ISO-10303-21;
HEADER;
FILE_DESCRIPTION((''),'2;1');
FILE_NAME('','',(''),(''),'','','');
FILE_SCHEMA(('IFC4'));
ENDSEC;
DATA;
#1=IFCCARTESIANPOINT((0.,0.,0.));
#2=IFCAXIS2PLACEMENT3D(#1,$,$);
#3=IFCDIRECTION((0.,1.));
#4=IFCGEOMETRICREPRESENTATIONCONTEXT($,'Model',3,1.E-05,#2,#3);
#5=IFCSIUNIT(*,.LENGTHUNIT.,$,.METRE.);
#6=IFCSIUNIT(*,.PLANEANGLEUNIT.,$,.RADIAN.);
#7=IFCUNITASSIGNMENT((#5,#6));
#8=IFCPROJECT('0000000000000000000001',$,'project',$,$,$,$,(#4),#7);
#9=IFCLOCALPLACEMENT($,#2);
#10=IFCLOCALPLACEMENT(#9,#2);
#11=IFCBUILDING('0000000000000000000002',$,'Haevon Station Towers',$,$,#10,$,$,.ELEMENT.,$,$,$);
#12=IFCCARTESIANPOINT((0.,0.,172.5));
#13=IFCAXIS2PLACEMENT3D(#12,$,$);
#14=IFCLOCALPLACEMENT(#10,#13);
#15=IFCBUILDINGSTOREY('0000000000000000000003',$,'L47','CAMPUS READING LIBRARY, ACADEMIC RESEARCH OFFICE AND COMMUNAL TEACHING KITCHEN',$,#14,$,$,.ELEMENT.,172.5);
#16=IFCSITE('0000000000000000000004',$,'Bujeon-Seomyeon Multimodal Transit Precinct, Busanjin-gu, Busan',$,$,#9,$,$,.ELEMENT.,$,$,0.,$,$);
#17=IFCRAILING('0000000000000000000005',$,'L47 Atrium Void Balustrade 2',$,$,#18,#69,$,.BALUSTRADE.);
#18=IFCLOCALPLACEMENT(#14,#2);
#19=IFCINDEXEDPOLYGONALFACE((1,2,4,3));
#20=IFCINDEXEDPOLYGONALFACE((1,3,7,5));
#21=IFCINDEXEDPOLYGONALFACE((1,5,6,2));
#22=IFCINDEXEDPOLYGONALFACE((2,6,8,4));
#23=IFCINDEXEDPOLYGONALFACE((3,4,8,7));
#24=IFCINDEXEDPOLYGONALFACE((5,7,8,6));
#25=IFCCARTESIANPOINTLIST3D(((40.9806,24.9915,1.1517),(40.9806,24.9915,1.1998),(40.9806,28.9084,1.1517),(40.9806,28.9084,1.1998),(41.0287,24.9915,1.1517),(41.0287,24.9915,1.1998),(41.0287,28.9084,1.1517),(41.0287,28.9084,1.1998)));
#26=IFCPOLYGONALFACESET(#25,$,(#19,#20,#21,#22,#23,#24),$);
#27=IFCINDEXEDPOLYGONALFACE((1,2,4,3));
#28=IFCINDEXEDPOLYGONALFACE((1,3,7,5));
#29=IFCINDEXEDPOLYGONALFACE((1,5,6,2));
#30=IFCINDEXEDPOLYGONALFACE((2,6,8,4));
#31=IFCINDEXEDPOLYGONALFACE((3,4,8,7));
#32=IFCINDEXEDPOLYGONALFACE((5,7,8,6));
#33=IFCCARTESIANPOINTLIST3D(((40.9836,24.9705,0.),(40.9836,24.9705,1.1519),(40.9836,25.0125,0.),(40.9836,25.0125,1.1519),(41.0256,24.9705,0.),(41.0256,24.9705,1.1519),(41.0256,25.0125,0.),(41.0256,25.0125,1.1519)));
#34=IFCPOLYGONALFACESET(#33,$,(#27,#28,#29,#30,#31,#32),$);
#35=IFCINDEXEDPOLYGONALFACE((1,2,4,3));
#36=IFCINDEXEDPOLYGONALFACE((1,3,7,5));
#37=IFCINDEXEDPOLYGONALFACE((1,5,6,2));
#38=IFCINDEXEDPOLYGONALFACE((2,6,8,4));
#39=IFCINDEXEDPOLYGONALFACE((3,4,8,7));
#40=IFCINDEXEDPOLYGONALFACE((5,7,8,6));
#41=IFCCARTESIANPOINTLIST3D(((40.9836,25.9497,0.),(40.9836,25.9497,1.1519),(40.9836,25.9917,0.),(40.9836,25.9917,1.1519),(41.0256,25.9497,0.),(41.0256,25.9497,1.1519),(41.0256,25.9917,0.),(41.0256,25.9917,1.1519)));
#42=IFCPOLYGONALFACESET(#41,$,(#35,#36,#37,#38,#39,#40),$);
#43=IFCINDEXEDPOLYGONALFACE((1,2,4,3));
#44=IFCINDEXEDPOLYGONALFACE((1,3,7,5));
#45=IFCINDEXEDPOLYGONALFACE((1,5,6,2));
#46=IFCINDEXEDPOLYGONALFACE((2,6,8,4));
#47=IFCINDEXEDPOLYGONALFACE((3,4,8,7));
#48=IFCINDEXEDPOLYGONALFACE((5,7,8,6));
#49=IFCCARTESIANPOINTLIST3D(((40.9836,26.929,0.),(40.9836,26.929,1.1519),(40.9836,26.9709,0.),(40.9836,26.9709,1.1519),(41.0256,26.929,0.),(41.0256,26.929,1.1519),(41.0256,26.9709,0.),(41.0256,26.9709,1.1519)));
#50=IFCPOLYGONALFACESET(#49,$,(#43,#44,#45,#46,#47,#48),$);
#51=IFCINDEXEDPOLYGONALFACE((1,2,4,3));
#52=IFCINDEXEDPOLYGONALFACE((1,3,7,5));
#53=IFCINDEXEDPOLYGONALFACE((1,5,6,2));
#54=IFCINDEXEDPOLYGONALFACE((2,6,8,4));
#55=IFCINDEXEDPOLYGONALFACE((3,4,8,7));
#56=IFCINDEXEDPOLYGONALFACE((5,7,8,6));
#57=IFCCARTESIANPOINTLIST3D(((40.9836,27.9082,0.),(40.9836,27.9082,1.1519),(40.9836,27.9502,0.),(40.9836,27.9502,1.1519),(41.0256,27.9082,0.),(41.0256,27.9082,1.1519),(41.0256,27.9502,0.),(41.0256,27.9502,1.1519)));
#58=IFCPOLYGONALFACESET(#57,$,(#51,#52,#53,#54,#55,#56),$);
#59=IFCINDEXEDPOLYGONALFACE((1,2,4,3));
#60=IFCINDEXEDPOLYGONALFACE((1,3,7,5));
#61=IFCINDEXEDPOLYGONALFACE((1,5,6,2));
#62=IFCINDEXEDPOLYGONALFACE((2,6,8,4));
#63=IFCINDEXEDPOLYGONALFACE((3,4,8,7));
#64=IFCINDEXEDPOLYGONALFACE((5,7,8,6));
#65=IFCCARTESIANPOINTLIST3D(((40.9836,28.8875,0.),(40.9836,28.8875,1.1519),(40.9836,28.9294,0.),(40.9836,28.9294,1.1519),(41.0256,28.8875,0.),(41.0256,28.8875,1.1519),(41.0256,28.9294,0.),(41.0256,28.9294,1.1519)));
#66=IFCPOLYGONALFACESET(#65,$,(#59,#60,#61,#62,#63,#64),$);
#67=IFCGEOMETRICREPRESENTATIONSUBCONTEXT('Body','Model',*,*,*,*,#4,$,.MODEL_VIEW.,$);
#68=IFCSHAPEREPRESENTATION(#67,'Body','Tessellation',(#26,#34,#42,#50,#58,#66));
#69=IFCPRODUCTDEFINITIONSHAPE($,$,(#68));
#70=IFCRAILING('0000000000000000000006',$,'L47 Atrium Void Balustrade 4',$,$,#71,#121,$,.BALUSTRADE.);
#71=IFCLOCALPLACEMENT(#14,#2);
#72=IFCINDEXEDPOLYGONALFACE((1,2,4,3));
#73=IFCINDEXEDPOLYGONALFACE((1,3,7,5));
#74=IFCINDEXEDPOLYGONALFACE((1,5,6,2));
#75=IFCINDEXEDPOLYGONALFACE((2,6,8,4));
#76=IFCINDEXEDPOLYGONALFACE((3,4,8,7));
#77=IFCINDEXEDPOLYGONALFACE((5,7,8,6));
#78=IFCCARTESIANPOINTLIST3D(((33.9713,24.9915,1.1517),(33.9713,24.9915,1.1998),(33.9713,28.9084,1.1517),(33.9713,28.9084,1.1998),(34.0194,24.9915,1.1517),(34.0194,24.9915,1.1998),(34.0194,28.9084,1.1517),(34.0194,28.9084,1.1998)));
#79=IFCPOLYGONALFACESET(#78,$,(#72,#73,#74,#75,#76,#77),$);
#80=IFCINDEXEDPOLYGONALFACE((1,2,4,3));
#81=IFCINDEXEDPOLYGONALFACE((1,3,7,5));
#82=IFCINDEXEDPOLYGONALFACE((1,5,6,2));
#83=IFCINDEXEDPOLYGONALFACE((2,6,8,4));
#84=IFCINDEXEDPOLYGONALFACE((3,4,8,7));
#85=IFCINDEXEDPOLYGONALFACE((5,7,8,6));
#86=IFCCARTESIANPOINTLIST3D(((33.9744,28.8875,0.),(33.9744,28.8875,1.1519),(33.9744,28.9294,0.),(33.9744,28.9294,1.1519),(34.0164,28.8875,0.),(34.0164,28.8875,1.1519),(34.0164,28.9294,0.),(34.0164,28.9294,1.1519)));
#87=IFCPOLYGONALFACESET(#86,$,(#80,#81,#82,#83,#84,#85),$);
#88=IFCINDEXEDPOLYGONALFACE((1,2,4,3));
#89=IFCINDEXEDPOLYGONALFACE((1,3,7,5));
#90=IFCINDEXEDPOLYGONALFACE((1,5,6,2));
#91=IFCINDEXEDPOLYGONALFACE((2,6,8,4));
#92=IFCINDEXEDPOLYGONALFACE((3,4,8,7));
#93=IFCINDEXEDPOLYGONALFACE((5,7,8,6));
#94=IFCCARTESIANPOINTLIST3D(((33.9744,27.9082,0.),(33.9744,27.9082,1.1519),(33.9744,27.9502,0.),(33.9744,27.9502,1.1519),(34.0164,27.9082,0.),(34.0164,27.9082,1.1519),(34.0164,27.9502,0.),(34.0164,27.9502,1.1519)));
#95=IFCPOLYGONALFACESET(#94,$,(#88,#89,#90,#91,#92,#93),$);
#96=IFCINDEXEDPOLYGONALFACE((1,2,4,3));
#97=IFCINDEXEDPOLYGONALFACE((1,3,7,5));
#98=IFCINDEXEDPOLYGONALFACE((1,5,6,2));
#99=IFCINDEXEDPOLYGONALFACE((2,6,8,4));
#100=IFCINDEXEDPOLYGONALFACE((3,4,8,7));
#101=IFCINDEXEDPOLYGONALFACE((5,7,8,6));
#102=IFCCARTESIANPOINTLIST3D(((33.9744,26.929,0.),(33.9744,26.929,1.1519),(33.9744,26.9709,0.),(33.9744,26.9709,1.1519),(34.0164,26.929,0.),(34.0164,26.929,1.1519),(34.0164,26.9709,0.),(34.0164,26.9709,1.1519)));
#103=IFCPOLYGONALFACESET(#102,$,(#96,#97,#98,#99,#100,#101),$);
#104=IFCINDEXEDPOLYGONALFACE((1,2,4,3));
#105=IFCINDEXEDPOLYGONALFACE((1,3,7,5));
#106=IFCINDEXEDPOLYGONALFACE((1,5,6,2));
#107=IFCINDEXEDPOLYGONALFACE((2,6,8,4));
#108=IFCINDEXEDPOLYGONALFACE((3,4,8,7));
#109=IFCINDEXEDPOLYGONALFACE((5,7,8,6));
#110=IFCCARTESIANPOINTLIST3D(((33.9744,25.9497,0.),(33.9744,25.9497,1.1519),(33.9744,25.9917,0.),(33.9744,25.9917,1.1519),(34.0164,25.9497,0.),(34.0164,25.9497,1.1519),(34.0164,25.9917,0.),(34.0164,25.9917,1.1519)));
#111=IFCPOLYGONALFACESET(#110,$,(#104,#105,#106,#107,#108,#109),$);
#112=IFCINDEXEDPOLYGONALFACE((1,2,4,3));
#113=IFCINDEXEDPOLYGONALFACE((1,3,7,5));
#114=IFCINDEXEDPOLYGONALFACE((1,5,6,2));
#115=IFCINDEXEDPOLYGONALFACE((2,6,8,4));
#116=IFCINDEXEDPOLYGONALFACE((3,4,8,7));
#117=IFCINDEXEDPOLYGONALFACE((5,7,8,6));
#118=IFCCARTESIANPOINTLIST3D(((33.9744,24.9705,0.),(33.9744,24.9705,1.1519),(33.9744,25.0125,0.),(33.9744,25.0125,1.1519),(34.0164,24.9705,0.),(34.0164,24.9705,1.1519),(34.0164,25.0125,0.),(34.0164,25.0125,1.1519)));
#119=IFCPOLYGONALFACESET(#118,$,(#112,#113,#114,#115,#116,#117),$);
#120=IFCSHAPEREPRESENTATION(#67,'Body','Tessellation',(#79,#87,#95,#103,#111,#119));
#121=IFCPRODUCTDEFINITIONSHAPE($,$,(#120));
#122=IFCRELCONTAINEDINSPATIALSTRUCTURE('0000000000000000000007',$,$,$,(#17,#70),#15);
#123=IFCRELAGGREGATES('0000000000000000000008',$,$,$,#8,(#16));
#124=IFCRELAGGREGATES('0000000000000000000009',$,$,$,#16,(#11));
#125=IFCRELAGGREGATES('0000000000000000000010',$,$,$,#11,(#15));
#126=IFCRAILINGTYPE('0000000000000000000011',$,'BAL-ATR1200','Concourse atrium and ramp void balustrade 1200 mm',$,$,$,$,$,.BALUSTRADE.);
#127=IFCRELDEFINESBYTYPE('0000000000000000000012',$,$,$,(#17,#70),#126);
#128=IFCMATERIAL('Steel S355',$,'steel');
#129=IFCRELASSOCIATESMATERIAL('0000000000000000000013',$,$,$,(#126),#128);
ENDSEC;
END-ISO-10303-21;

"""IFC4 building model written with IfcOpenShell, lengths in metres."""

from ifc_helpers import new_model, si_unit, direction, frame, origin, origin_2d, place, context, subcontext, project, spatial, rectangle, extrude, material, type_object, element, save


model = new_model("IFC4")

# Units and contexts
model_context = context("Model", 3, precision=1e-05, world=origin(), true_north=direction((0.0, 1.0)))
body_context = subcontext(model_context, "Body", "Model", "MODEL_VIEW")
ifc_project = project(units=[si_unit("LENGTHUNIT", "METRE"), si_unit("PLANEANGLEUNIT", "RADIAN")], contexts=[model_context])

# Site, building, storey
site_placement = place(None, origin())
site = spatial("IfcSite", under=ifc_project, at=site_placement, Name="Bujeon-Seomyeon Multimodal Transit Precinct, Busanjin-gu, Busan", CompositionType="ELEMENT", RefElevation=0.0)
building_placement = place(site_placement, origin())
building = spatial("IfcBuilding", under=site, at=building_placement, Name="Haevon Station Towers", CompositionType="ELEMENT")
storey_placement = place(building_placement, frame((0.0, 0.0, 172.5)))
storey = spatial("IfcBuildingStorey", under=building, at=storey_placement, Name="L47", Description="CAMPUS READING LIBRARY, ACADEMIC RESEARCH OFFICE AND COMMUNAL TEACHING KITCHEN", CompositionType="ELEMENT", Elevation=172.5)

# Shared definitions
ifc_material_1 = material(Name="Steel S355", Category="steel")

# Railings
railing_type = type_object("IfcRailingType", Name="BAL-ATR1200", Description="Concourse atrium and ramp void balustrade 1200 mm", PredefinedType="BALUSTRADE", material=ifc_material_1)
railing_1_placement = place(storey_placement, frame((41.0046, 24.9915, 0.0)))
element("IfcRailing", 1, at=railing_1_placement, inside=storey, type_object=railing_type, Name="L47 Atrium Void Balustrade 2", PredefinedType="BALUSTRADE", context=body_context, shape_type="SweptSolid", body=[
    extrude(rectangle(XDim=0.0481, YDim=0.0481, at=origin_2d()), frame((0.0, 0.0, 1.1758), z_axis=(0.0, 1.0, 0.0), x_axis=(-1.0, 0.0, 0.0)), (0.0, 0.0, 1.0), 3.917),
    extrude(rectangle(XDim=0.042, YDim=0.042, at=origin_2d()), origin(), (0.0, 0.0, 1.0), 1.1519),
    extrude(rectangle(XDim=0.042, YDim=0.042, at=origin_2d()), frame((0.0, 0.9792, 0.0)), (0.0, 0.0, 1.0), 1.1519),
    extrude(rectangle(XDim=0.042, YDim=0.042, at=origin_2d()), frame((0.0, 1.9585, 0.0)), (0.0, 0.0, 1.0), 1.1519),
    extrude(rectangle(XDim=0.042, YDim=0.042, at=origin_2d()), frame((0.0, 2.9377, 0.0)), (0.0, 0.0, 1.0), 1.1519),
    extrude(rectangle(XDim=0.042, YDim=0.042, at=origin_2d()), frame((0.0, 3.917, 0.0)), (0.0, 0.0, 1.0), 1.1519),
])
railing_2_placement = place(storey_placement, frame((33.9954, 28.9084, 0.0)))
element("IfcRailing", 2, at=railing_2_placement, inside=storey, type_object=railing_type, Name="L47 Atrium Void Balustrade 4", PredefinedType="BALUSTRADE", context=body_context, shape_type="SweptSolid", body=[
    extrude(rectangle(XDim=0.0481, YDim=0.0481, at=origin_2d()), frame((0.0, 0.0, 1.1758), z_axis=(0.0, -1.0, 0.0), x_axis=(1.0, 0.0, 0.0)), (0.0, 0.0, 1.0), 3.917),
    extrude(rectangle(XDim=0.042, YDim=0.042, at=origin_2d()), origin(), (0.0, 0.0, 1.0), 1.1519),
    extrude(rectangle(XDim=0.042, YDim=0.042, at=origin_2d()), frame((0.0, -0.9792, 0.0)), (0.0, 0.0, 1.0), 1.1519),
    extrude(rectangle(XDim=0.042, YDim=0.042, at=origin_2d()), frame((0.0, -1.9585, 0.0)), (0.0, 0.0, 1.0), 1.1519),
    extrude(rectangle(XDim=0.042, YDim=0.042, at=origin_2d()), frame((0.0, -2.9377, 0.0)), (0.0, 0.0, 1.0), 1.1519),
    extrude(rectangle(XDim=0.042, YDim=0.042, at=origin_2d()), frame((0.0, -3.917, 0.0)), (0.0, 0.0, 1.0), 1.1519),
])

save(model, "model.ifc")
